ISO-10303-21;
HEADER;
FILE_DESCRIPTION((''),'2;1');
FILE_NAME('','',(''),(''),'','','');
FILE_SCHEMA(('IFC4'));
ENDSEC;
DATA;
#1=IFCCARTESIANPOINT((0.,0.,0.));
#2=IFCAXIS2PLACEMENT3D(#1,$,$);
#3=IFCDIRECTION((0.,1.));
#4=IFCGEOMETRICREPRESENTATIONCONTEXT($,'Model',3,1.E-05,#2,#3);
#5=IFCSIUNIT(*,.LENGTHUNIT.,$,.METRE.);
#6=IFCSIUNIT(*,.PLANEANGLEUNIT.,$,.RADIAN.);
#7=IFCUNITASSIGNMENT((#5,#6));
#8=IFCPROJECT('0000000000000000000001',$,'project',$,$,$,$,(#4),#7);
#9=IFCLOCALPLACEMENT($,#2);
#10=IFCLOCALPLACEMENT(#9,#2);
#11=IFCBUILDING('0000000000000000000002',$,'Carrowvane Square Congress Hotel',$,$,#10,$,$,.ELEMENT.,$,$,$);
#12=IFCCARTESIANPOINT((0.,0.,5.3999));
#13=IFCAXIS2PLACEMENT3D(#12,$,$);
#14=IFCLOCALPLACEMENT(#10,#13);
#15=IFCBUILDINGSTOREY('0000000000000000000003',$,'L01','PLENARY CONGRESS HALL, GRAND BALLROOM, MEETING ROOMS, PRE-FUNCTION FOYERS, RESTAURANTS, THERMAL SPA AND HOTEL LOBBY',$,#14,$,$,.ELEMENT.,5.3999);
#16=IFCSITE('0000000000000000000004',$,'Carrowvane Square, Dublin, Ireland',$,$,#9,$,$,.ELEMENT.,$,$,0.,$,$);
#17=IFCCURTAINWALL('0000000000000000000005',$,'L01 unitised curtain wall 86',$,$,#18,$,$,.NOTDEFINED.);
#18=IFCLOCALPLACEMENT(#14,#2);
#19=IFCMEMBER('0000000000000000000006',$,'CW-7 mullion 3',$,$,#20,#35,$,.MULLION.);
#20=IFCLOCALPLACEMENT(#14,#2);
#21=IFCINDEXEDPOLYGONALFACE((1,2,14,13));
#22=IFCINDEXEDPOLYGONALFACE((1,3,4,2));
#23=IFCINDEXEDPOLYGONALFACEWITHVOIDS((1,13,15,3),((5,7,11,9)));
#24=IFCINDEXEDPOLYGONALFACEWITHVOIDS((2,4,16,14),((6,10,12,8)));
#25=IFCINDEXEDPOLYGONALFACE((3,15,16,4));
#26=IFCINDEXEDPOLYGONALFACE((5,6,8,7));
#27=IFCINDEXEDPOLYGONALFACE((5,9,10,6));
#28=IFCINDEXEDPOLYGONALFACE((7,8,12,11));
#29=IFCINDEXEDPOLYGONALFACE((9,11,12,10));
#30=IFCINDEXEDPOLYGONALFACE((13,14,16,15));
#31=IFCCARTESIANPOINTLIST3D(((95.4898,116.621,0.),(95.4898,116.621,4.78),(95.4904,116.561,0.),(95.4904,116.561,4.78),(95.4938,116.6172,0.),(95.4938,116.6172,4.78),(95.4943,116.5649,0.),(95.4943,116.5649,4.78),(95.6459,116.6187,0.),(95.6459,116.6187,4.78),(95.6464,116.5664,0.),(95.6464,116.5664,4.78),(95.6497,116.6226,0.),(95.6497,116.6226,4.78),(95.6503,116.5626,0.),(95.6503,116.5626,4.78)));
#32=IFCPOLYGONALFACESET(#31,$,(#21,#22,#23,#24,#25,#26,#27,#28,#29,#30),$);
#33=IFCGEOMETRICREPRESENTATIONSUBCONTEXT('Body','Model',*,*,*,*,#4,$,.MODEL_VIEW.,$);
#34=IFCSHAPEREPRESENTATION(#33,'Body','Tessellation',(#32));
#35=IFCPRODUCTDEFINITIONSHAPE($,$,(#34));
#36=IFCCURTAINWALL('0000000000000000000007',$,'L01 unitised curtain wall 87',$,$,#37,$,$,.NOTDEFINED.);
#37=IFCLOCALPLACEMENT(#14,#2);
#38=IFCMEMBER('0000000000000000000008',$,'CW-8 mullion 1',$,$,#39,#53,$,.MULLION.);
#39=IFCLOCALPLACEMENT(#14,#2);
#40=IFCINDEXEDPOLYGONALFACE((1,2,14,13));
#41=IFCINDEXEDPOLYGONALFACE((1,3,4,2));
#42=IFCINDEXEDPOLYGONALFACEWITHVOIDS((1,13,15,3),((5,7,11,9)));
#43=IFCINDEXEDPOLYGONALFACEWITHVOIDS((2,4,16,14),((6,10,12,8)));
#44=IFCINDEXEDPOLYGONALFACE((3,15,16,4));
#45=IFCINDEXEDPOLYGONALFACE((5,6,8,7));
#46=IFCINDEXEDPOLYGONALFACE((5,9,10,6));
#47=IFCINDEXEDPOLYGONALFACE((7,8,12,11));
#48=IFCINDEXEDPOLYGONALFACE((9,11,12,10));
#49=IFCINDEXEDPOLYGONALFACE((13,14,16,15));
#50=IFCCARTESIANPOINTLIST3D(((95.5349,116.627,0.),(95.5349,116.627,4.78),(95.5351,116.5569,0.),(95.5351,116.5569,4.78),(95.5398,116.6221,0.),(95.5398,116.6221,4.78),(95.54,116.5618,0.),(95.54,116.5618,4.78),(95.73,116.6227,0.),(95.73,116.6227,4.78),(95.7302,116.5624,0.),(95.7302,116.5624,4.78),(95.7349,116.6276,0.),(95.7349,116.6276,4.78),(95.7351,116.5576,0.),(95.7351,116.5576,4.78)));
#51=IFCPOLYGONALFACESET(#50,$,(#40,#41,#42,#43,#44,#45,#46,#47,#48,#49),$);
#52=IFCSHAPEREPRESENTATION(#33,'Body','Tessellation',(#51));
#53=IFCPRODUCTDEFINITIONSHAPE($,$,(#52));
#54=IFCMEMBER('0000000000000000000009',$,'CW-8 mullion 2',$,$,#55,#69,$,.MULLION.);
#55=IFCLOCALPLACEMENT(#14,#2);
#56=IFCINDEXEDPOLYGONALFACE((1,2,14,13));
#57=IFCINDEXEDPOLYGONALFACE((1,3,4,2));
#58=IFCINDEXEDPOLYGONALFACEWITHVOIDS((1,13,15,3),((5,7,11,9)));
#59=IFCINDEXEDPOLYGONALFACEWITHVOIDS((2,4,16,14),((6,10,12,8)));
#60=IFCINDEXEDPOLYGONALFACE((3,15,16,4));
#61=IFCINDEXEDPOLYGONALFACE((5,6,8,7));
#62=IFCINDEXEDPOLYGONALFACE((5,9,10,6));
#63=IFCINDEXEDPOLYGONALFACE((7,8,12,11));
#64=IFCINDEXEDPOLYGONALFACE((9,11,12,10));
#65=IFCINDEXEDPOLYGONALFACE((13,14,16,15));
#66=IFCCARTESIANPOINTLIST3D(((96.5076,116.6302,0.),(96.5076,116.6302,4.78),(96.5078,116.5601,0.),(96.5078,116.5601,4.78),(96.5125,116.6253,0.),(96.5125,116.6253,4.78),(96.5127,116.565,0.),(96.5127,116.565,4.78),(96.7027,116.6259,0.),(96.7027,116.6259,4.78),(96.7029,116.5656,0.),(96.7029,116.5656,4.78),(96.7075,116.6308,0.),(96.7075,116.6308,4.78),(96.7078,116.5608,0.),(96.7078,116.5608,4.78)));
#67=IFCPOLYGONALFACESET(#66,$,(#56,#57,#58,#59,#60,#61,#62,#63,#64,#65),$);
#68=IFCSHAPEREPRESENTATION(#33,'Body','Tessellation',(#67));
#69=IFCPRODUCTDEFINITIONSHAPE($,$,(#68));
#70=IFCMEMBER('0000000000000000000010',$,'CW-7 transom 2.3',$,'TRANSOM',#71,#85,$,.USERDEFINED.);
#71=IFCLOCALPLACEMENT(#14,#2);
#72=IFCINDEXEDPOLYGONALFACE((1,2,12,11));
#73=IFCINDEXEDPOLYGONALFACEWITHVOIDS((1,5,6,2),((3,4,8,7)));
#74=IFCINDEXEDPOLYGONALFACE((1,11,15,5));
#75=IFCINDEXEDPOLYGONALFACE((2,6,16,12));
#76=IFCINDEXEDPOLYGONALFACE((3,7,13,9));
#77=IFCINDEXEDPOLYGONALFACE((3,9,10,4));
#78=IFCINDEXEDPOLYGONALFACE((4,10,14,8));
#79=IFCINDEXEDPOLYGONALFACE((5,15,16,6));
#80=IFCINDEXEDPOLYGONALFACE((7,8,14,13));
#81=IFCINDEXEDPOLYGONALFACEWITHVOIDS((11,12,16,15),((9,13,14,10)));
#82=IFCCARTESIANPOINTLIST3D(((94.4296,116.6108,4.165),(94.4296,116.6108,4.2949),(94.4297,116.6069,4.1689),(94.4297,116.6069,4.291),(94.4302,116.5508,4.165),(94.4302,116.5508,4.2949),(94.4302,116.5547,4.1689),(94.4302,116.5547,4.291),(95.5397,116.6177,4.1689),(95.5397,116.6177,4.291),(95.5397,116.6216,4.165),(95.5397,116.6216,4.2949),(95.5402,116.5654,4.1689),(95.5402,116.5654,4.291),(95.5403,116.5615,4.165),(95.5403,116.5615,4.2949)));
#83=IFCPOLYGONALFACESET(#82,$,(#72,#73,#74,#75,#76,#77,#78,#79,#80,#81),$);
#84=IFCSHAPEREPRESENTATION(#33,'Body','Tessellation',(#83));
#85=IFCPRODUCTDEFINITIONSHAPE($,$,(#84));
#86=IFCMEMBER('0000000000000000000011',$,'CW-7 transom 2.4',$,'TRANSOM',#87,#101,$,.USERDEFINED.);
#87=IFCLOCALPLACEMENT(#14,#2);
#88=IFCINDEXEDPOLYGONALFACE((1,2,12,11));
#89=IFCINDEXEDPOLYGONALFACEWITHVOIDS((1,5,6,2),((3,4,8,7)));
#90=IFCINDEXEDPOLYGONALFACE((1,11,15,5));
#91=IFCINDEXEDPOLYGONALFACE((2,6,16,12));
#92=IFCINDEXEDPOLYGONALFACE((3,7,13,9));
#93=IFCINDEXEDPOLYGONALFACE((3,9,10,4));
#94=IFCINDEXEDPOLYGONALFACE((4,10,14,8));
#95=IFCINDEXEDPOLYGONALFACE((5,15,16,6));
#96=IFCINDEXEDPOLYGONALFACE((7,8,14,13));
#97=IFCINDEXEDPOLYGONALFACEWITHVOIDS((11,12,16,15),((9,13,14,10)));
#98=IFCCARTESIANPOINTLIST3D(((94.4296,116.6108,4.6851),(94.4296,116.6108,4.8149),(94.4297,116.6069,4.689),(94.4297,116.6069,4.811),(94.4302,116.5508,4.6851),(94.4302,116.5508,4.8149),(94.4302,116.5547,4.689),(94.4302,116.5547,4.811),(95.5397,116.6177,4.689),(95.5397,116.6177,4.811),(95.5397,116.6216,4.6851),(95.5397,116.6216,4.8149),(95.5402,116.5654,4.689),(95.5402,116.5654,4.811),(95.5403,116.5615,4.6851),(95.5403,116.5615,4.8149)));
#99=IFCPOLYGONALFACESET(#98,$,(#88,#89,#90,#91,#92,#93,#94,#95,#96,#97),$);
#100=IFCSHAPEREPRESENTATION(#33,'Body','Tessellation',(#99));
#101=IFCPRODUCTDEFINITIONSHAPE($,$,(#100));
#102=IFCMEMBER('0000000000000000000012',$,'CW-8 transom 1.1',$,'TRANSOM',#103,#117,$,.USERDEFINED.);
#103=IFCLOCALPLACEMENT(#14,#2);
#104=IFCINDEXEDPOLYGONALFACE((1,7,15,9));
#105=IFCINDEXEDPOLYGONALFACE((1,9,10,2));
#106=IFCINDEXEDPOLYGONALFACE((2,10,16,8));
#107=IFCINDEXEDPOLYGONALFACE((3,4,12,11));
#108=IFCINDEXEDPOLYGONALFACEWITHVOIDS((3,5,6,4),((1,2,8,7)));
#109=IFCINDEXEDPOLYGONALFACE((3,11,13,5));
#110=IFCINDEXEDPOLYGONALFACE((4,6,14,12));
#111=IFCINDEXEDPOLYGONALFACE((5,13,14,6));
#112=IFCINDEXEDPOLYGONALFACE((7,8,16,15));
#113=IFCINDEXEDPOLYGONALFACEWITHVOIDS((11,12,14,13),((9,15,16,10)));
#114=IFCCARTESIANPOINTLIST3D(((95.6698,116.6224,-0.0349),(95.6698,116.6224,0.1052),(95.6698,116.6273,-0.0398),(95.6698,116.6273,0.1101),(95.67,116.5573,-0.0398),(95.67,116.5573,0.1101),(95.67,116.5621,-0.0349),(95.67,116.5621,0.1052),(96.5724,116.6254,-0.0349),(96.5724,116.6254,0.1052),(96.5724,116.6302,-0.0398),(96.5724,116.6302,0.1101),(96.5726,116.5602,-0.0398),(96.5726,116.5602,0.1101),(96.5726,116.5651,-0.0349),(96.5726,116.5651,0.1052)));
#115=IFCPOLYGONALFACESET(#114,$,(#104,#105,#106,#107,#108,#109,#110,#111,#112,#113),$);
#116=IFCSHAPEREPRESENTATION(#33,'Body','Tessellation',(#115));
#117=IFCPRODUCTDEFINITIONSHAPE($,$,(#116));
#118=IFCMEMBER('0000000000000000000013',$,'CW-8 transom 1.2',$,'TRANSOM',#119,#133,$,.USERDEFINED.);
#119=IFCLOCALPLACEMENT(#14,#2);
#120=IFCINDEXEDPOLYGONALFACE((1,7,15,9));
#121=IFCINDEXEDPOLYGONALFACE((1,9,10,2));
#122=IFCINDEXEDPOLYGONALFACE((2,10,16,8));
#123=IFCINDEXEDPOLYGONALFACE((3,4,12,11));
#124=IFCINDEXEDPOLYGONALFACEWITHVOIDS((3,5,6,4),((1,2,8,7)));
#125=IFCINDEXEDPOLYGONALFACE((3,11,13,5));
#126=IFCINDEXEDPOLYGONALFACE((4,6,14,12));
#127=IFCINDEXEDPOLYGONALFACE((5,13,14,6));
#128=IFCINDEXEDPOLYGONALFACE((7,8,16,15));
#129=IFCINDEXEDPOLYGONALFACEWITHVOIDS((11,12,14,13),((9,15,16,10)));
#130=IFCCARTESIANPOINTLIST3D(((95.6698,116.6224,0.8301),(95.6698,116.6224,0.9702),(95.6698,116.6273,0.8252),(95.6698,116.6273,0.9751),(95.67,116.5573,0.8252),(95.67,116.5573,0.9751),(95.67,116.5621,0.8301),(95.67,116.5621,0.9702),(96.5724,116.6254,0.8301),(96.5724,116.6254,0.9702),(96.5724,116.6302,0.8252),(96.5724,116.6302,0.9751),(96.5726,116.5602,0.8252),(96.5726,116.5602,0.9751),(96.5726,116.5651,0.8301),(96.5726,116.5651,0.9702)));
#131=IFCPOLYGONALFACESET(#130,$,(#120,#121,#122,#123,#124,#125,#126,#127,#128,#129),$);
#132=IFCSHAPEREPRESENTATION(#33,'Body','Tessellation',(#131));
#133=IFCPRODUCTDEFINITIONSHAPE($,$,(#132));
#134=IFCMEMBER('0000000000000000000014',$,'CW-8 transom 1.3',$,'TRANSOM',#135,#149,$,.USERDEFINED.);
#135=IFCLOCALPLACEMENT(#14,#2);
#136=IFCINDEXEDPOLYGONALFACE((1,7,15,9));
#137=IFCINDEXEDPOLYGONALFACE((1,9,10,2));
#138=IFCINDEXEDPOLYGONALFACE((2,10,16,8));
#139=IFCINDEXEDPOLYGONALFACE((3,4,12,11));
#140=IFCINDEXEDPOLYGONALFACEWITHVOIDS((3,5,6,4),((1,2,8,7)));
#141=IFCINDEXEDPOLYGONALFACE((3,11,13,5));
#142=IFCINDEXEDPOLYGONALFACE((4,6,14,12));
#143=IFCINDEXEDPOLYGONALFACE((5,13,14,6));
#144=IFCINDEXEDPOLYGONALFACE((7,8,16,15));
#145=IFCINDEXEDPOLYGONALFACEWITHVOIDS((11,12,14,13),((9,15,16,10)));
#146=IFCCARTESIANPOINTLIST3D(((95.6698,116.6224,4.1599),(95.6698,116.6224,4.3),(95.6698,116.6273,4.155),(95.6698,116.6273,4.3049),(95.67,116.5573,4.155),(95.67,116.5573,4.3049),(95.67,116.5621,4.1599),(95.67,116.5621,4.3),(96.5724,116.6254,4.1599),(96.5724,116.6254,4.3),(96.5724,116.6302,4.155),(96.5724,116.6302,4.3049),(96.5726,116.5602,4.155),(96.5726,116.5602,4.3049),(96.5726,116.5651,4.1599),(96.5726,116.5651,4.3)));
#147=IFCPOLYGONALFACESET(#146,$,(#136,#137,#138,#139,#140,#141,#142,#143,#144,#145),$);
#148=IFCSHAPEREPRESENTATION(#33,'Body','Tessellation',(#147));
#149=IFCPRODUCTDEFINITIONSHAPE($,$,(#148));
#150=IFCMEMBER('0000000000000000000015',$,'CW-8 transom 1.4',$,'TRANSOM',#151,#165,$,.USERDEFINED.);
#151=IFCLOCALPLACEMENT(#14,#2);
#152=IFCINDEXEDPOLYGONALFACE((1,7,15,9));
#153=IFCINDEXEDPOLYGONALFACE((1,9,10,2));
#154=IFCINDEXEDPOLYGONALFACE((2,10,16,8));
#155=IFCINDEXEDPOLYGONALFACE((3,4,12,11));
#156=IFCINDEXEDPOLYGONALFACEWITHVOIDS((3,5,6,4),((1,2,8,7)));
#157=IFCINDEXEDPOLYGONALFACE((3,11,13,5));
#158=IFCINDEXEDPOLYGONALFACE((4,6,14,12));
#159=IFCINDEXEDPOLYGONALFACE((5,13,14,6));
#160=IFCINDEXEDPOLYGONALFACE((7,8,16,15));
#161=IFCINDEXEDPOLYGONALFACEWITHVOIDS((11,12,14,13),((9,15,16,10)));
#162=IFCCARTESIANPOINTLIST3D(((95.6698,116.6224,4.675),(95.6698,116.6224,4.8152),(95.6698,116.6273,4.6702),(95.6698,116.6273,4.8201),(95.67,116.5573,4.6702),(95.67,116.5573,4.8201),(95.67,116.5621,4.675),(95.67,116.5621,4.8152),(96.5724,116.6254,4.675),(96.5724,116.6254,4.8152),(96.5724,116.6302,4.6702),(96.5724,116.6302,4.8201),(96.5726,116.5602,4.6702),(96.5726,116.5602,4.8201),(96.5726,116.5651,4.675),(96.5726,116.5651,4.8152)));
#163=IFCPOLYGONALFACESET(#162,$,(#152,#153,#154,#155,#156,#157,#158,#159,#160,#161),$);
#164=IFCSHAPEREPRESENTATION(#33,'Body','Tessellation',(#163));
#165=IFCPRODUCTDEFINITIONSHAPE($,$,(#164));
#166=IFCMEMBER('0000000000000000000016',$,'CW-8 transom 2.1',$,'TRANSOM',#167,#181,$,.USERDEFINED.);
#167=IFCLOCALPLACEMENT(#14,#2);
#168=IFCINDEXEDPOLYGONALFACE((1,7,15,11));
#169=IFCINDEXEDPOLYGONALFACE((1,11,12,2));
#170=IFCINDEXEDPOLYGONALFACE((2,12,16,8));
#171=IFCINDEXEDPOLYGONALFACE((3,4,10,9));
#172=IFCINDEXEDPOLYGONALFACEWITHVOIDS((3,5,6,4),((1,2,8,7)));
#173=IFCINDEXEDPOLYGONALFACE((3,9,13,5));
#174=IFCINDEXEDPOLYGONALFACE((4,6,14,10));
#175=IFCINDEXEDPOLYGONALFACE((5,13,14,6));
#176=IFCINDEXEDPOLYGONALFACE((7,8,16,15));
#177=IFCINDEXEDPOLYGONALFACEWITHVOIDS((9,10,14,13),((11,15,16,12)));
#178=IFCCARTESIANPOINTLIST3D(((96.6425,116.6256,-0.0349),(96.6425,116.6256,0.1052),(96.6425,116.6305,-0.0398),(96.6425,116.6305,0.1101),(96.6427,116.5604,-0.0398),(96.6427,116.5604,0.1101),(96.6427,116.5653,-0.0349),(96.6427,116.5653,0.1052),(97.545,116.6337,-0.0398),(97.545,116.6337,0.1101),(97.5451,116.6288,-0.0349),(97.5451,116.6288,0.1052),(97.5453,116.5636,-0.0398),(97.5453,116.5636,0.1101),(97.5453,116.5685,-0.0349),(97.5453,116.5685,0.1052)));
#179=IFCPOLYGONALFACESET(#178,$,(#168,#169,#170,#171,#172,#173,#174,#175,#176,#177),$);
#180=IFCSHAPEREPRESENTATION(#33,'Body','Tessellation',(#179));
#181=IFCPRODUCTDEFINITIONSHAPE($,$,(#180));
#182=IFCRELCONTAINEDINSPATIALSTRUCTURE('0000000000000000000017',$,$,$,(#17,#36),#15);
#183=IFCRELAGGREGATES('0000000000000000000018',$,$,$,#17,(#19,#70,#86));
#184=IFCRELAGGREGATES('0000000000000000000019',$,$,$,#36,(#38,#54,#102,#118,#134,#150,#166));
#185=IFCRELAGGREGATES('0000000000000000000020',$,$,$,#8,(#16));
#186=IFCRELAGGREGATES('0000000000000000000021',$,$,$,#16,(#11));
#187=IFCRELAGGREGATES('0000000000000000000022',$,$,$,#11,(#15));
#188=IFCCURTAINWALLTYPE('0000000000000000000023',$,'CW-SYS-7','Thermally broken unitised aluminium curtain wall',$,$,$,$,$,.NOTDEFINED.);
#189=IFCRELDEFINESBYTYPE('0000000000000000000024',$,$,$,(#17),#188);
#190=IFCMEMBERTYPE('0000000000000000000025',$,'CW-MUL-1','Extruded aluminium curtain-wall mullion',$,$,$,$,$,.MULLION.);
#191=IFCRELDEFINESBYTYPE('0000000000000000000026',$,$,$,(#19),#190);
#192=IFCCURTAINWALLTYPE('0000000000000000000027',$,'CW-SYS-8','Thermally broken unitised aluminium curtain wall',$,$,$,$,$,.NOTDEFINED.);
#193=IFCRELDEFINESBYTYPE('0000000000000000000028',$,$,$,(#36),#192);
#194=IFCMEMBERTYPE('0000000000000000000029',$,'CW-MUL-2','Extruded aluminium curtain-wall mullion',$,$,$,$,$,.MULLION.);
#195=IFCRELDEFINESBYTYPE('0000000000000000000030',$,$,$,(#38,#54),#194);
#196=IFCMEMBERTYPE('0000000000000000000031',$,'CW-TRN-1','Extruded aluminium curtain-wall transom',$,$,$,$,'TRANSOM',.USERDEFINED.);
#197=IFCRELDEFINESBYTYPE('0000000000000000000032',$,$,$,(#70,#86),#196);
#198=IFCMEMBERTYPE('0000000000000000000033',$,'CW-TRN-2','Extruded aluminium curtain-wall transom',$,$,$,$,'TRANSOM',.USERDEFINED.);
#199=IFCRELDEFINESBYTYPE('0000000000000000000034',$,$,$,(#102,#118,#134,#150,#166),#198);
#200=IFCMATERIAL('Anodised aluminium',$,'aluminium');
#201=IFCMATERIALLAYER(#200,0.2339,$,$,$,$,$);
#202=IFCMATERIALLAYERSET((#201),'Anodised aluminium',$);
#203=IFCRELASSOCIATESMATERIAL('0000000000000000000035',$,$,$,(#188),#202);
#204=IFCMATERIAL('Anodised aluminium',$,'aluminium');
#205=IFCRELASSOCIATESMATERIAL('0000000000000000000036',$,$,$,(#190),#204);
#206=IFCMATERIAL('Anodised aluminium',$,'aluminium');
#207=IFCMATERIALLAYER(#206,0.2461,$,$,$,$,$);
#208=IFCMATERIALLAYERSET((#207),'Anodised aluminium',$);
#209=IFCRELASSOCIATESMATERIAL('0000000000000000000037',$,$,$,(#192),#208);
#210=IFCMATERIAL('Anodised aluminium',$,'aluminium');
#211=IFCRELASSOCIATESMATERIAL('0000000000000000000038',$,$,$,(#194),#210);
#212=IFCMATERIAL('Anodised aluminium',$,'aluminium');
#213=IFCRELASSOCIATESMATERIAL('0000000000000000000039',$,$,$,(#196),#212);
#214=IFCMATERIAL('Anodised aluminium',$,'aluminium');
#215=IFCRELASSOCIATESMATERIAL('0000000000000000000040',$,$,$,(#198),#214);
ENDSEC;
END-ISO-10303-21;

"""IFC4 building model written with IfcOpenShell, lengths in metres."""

from ifc_helpers import new_model, si_unit, direction, frame, origin, origin_2d, place, context, subcontext, project, spatial, hollow_rectangle, extrude, material, layer, layer_set, material_profile, profile_set, type_object, element, aggregate, save


model = new_model("IFC4")

# Units and contexts
model_context = context("Model", 3, precision=1e-05, world=origin(), true_north=direction((0.0, 1.0)))
body_context = subcontext(model_context, "Body", "Model", "MODEL_VIEW")
ifc_project = project(units=[si_unit("LENGTHUNIT", "METRE"), si_unit("PLANEANGLEUNIT", "RADIAN")], contexts=[model_context])

# Site, building, storey
site_placement = place(None, origin())
site = spatial("IfcSite", under=ifc_project, at=site_placement, Name="Carrowvane Square, Dublin, Ireland", CompositionType="ELEMENT", RefElevation=0.0)
building_placement = place(site_placement, origin())
building = spatial("IfcBuilding", under=site, at=building_placement, Name="Carrowvane Square Congress Hotel", CompositionType="ELEMENT")
storey_placement = place(building_placement, frame((0.0, 0.0, 5.3999)))
storey = spatial("IfcBuildingStorey", under=building, at=storey_placement, Name="L01", Description="PLENARY CONGRESS HALL, GRAND BALLROOM, MEETING ROOMS, PRE-FUNCTION FOYERS, RESTAURANTS, THERMAL SPA AND HOTEL LOBBY", CompositionType="ELEMENT", Elevation=5.3999)

# Curtain wall, member
ifc_material_1 = material(Name="Anodised aluminium", Category="aluminium")
ifc_layer_1 = layer(ifc_material_1, 0.2339)
ifc_layer_set_1 = layer_set([ifc_layer_1], Name="Anodised aluminium")
curtain_wall_type_1 = type_object("IfcCurtainWallType", Name="CW-SYS-7", Description="Thermally broken unitised aluminium curtain wall", PredefinedType="NOTDEFINED", material=ifc_layer_set_1)
curtain_wall_1_placement = place(storey_placement, origin())
curtain_wall_1 = element("IfcCurtainWall", 1, at=curtain_wall_1_placement, inside=storey, type_object=curtain_wall_type_1, Name="L01 unitised curtain wall 86", PredefinedType="NOTDEFINED")
ifc_material_2 = material(Name="Anodised aluminium", Category="aluminium")
ifc_material_profile_1 = material_profile(ifc_material_2, hollow_rectangle(XDim=0.0601, YDim=0.1599, WallThickness=0.0039, at=origin_2d()), Name="CW-ML 60x160x4")
ifc_profile_set_1 = profile_set([ifc_material_profile_1], Name="Anodised aluminium")
member_type_1 = type_object("IfcMemberType", Name="CW-MUL-1", Description="Extruded aluminium curtain-wall mullion", PredefinedType="MULLION", material=ifc_profile_set_1)
member_1_placement = place(storey_placement, frame((95.5701, 116.5918, 0.0), z_axis=(0.0, 0.0, 1.0), x_axis=(-0.009783, 0.999952, 0.0)))
member_1 = element("IfcMember", 2, at=member_1_placement, type_object=member_type_1, Name="CW-7 mullion 3", PredefinedType="MULLION", context=body_context, shape_type="SweptSolid", body=[
    extrude(hollow_rectangle(XDim=0.0601, YDim=0.1599, WallThickness=0.0039, at=origin_2d()), origin(), (0.0, 0.0, 1.0), 4.78),
])

# Curtain wall, members
ifc_material_3 = material(Name="Anodised aluminium", Category="aluminium")
ifc_layer_2 = layer(ifc_material_3, 0.2461)
ifc_layer_set_2 = layer_set([ifc_layer_2], Name="Anodised aluminium")
curtain_wall_type_2 = type_object("IfcCurtainWallType", Name="CW-SYS-8", Description="Thermally broken unitised aluminium curtain wall", PredefinedType="NOTDEFINED", material=ifc_layer_set_2)
curtain_wall_2_placement = place(storey_placement, origin())
curtain_wall_2 = element("IfcCurtainWall", 3, at=curtain_wall_2_placement, inside=storey, type_object=curtain_wall_type_2, Name="L01 unitised curtain wall 87", PredefinedType="NOTDEFINED")
ifc_material_4 = material(Name="Anodised aluminium", Category="aluminium")
ifc_material_profile_2 = material_profile(ifc_material_4, hollow_rectangle(XDim=0.0701, YDim=0.2, WallThickness=0.0049, at=origin_2d()), Name="CW-ML 70x200x5")
ifc_profile_set_2 = profile_set([ifc_material_profile_2], Name="Anodised aluminium")
member_type_2 = type_object("IfcMemberType", Name="CW-MUL-2", Description="Extruded aluminium curtain-wall mullion", PredefinedType="MULLION", material=ifc_profile_set_2)
member_2_placement = place(storey_placement, frame((95.635, 116.5923, 0.0), z_axis=(0.0, 0.0, 1.0), x_axis=(-0.00327, 0.999995, 0.0)))
member_2 = element("IfcMember", 4, at=member_2_placement, type_object=member_type_2, Name="CW-8 mullion 1", PredefinedType="MULLION", context=body_context, shape_type="SweptSolid", body=[
    extrude(hollow_rectangle(XDim=0.0701, YDim=0.2, WallThickness=0.0049, at=origin_2d()), origin(), (0.0, 0.0, 1.0), 4.78),
])
member_3_placement = place(storey_placement, frame((96.6077, 116.5955, 0.0), z_axis=(0.0, 0.0, 1.0), x_axis=(-0.00327, 0.999995, 0.0)))
member_3 = element("IfcMember", 5, at=member_3_placement, type_object=member_type_2, Name="CW-8 mullion 2", PredefinedType="MULLION", context=body_context, shape_type="SweptSolid", body=[
    extrude(hollow_rectangle(XDim=0.0701, YDim=0.2, WallThickness=0.0049, at=origin_2d()), origin(), (0.0, 0.0, 1.0), 4.78),
])

# Members
ifc_material_5 = material(Name="Anodised aluminium", Category="aluminium")
ifc_material_profile_3 = material_profile(ifc_material_5, hollow_rectangle(XDim=0.0601, YDim=0.1299, WallThickness=0.0039, at=origin_2d()), Name="CW-TR 60x130x4")
ifc_profile_set_3 = profile_set([ifc_material_profile_3], Name="Anodised aluminium")
member_type_3 = type_object("IfcMemberType", Name="CW-TRN-1", Description="Extruded aluminium curtain-wall transom", ElementType="TRANSOM", PredefinedType="USERDEFINED", material=ifc_profile_set_3)
member_4_placement = place(storey_placement, frame((94.4299, 116.5808, 4.23), z_axis=(0.999953, 0.009676, 0.0), x_axis=(-0.009676, 0.999953, 0.0)))
member_4 = element("IfcMember", 6, at=member_4_placement, type_object=member_type_3, Name="CW-7 transom 2.3", ObjectType="TRANSOM", PredefinedType="USERDEFINED", context=body_context, shape_type="SweptSolid", body=[
    extrude(hollow_rectangle(XDim=0.0601, YDim=0.1299, WallThickness=0.0039, at=origin_2d()), origin(), (0.0, 0.0, 1.0), 1.1101),
])
member_5_placement = place(storey_placement, frame((94.4299, 116.5808, 4.75), z_axis=(0.999953, 0.009676, 0.0), x_axis=(-0.009676, 0.999953, 0.0)))
member_5 = element("IfcMember", 7, at=member_5_placement, type_object=member_type_3, Name="CW-7 transom 2.4", ObjectType="TRANSOM", PredefinedType="USERDEFINED", context=body_context, shape_type="SweptSolid", body=[
    extrude(hollow_rectangle(XDim=0.0601, YDim=0.1299, WallThickness=0.0039, at=origin_2d()), origin(), (0.0, 0.0, 1.0), 1.1101),
])
ifc_material_6 = material(Name="Anodised aluminium", Category="aluminium")
ifc_material_profile_4 = material_profile(ifc_material_6, hollow_rectangle(XDim=0.0701, YDim=0.1499, WallThickness=0.0049, at=origin_2d()), Name="CW-TR 70x150x5")
ifc_profile_set_4 = profile_set([ifc_material_profile_4], Name="Anodised aluminium")
member_type_4 = type_object("IfcMemberType", Name="CW-TRN-2", Description="Extruded aluminium curtain-wall transom", ElementType="TRANSOM", PredefinedType="USERDEFINED", material=ifc_profile_set_4)
member_6_placement = place(storey_placement, frame((95.6699, 116.5923, 0.0352), z_axis=(0.999995, 0.003246, 0.0), x_axis=(-0.003246, 0.999995, 0.0)))
member_6 = element("IfcMember", 8, at=member_6_placement, type_object=member_type_4, Name="CW-8 transom 1.1", ObjectType="TRANSOM", PredefinedType="USERDEFINED", context=body_context, shape_type="SweptSolid", body=[
    extrude(hollow_rectangle(XDim=0.0701, YDim=0.1499, WallThickness=0.0049, at=origin_2d()), origin(), (0.0, 0.0, 1.0), 0.9026),
])
member_7_placement = place(storey_placement, frame((95.6699, 116.5923, 0.9001), z_axis=(0.999995, 0.003246, 0.0), x_axis=(-0.003246, 0.999995, 0.0)))
member_7 = element("IfcMember", 9, at=member_7_placement, type_object=member_type_4, Name="CW-8 transom 1.2", ObjectType="TRANSOM", PredefinedType="USERDEFINED", context=body_context, shape_type="SweptSolid", body=[
    extrude(hollow_rectangle(XDim=0.0701, YDim=0.1499, WallThickness=0.0049, at=origin_2d()), origin(), (0.0, 0.0, 1.0), 0.9026),
])
member_8_placement = place(storey_placement, frame((95.6699, 116.5923, 4.23), z_axis=(0.999995, 0.003246, 0.0), x_axis=(-0.003246, 0.999995, 0.0)))
member_8 = element("IfcMember", 10, at=member_8_placement, type_object=member_type_4, Name="CW-8 transom 1.3", ObjectType="TRANSOM", PredefinedType="USERDEFINED", context=body_context, shape_type="SweptSolid", body=[
    extrude(hollow_rectangle(XDim=0.0701, YDim=0.1499, WallThickness=0.0049, at=origin_2d()), origin(), (0.0, 0.0, 1.0), 0.9026),
])
member_9_placement = place(storey_placement, frame((95.6699, 116.5923, 4.7451), z_axis=(0.999995, 0.003246, 0.0), x_axis=(-0.003246, 0.999995, 0.0)))
member_9 = element("IfcMember", 11, at=member_9_placement, type_object=member_type_4, Name="CW-8 transom 1.4", ObjectType="TRANSOM", PredefinedType="USERDEFINED", context=body_context, shape_type="SweptSolid", body=[
    extrude(hollow_rectangle(XDim=0.0701, YDim=0.1499, WallThickness=0.0049, at=origin_2d()), origin(), (0.0, 0.0, 1.0), 0.9026),
])
member_10_placement = place(storey_placement, frame((96.6426, 116.5955, 0.0352), z_axis=(0.999994, 0.003516, 0.0), x_axis=(-0.003516, 0.999994, 0.0)))
member_10 = element("IfcMember", 12, at=member_10_placement, type_object=member_type_4, Name="CW-8 transom 2.1", ObjectType="TRANSOM", PredefinedType="USERDEFINED", context=body_context, shape_type="SweptSolid", body=[
    extrude(hollow_rectangle(XDim=0.0701, YDim=0.1499, WallThickness=0.0049, at=origin_2d()), origin(), (0.0, 0.0, 1.0), 0.9026),
])

aggregate(curtain_wall_1, [member_1, member_4, member_5])
aggregate(curtain_wall_2, [member_2, member_3, member_6, member_7, member_8, member_9, member_10])

save(model, "model.ifc")
